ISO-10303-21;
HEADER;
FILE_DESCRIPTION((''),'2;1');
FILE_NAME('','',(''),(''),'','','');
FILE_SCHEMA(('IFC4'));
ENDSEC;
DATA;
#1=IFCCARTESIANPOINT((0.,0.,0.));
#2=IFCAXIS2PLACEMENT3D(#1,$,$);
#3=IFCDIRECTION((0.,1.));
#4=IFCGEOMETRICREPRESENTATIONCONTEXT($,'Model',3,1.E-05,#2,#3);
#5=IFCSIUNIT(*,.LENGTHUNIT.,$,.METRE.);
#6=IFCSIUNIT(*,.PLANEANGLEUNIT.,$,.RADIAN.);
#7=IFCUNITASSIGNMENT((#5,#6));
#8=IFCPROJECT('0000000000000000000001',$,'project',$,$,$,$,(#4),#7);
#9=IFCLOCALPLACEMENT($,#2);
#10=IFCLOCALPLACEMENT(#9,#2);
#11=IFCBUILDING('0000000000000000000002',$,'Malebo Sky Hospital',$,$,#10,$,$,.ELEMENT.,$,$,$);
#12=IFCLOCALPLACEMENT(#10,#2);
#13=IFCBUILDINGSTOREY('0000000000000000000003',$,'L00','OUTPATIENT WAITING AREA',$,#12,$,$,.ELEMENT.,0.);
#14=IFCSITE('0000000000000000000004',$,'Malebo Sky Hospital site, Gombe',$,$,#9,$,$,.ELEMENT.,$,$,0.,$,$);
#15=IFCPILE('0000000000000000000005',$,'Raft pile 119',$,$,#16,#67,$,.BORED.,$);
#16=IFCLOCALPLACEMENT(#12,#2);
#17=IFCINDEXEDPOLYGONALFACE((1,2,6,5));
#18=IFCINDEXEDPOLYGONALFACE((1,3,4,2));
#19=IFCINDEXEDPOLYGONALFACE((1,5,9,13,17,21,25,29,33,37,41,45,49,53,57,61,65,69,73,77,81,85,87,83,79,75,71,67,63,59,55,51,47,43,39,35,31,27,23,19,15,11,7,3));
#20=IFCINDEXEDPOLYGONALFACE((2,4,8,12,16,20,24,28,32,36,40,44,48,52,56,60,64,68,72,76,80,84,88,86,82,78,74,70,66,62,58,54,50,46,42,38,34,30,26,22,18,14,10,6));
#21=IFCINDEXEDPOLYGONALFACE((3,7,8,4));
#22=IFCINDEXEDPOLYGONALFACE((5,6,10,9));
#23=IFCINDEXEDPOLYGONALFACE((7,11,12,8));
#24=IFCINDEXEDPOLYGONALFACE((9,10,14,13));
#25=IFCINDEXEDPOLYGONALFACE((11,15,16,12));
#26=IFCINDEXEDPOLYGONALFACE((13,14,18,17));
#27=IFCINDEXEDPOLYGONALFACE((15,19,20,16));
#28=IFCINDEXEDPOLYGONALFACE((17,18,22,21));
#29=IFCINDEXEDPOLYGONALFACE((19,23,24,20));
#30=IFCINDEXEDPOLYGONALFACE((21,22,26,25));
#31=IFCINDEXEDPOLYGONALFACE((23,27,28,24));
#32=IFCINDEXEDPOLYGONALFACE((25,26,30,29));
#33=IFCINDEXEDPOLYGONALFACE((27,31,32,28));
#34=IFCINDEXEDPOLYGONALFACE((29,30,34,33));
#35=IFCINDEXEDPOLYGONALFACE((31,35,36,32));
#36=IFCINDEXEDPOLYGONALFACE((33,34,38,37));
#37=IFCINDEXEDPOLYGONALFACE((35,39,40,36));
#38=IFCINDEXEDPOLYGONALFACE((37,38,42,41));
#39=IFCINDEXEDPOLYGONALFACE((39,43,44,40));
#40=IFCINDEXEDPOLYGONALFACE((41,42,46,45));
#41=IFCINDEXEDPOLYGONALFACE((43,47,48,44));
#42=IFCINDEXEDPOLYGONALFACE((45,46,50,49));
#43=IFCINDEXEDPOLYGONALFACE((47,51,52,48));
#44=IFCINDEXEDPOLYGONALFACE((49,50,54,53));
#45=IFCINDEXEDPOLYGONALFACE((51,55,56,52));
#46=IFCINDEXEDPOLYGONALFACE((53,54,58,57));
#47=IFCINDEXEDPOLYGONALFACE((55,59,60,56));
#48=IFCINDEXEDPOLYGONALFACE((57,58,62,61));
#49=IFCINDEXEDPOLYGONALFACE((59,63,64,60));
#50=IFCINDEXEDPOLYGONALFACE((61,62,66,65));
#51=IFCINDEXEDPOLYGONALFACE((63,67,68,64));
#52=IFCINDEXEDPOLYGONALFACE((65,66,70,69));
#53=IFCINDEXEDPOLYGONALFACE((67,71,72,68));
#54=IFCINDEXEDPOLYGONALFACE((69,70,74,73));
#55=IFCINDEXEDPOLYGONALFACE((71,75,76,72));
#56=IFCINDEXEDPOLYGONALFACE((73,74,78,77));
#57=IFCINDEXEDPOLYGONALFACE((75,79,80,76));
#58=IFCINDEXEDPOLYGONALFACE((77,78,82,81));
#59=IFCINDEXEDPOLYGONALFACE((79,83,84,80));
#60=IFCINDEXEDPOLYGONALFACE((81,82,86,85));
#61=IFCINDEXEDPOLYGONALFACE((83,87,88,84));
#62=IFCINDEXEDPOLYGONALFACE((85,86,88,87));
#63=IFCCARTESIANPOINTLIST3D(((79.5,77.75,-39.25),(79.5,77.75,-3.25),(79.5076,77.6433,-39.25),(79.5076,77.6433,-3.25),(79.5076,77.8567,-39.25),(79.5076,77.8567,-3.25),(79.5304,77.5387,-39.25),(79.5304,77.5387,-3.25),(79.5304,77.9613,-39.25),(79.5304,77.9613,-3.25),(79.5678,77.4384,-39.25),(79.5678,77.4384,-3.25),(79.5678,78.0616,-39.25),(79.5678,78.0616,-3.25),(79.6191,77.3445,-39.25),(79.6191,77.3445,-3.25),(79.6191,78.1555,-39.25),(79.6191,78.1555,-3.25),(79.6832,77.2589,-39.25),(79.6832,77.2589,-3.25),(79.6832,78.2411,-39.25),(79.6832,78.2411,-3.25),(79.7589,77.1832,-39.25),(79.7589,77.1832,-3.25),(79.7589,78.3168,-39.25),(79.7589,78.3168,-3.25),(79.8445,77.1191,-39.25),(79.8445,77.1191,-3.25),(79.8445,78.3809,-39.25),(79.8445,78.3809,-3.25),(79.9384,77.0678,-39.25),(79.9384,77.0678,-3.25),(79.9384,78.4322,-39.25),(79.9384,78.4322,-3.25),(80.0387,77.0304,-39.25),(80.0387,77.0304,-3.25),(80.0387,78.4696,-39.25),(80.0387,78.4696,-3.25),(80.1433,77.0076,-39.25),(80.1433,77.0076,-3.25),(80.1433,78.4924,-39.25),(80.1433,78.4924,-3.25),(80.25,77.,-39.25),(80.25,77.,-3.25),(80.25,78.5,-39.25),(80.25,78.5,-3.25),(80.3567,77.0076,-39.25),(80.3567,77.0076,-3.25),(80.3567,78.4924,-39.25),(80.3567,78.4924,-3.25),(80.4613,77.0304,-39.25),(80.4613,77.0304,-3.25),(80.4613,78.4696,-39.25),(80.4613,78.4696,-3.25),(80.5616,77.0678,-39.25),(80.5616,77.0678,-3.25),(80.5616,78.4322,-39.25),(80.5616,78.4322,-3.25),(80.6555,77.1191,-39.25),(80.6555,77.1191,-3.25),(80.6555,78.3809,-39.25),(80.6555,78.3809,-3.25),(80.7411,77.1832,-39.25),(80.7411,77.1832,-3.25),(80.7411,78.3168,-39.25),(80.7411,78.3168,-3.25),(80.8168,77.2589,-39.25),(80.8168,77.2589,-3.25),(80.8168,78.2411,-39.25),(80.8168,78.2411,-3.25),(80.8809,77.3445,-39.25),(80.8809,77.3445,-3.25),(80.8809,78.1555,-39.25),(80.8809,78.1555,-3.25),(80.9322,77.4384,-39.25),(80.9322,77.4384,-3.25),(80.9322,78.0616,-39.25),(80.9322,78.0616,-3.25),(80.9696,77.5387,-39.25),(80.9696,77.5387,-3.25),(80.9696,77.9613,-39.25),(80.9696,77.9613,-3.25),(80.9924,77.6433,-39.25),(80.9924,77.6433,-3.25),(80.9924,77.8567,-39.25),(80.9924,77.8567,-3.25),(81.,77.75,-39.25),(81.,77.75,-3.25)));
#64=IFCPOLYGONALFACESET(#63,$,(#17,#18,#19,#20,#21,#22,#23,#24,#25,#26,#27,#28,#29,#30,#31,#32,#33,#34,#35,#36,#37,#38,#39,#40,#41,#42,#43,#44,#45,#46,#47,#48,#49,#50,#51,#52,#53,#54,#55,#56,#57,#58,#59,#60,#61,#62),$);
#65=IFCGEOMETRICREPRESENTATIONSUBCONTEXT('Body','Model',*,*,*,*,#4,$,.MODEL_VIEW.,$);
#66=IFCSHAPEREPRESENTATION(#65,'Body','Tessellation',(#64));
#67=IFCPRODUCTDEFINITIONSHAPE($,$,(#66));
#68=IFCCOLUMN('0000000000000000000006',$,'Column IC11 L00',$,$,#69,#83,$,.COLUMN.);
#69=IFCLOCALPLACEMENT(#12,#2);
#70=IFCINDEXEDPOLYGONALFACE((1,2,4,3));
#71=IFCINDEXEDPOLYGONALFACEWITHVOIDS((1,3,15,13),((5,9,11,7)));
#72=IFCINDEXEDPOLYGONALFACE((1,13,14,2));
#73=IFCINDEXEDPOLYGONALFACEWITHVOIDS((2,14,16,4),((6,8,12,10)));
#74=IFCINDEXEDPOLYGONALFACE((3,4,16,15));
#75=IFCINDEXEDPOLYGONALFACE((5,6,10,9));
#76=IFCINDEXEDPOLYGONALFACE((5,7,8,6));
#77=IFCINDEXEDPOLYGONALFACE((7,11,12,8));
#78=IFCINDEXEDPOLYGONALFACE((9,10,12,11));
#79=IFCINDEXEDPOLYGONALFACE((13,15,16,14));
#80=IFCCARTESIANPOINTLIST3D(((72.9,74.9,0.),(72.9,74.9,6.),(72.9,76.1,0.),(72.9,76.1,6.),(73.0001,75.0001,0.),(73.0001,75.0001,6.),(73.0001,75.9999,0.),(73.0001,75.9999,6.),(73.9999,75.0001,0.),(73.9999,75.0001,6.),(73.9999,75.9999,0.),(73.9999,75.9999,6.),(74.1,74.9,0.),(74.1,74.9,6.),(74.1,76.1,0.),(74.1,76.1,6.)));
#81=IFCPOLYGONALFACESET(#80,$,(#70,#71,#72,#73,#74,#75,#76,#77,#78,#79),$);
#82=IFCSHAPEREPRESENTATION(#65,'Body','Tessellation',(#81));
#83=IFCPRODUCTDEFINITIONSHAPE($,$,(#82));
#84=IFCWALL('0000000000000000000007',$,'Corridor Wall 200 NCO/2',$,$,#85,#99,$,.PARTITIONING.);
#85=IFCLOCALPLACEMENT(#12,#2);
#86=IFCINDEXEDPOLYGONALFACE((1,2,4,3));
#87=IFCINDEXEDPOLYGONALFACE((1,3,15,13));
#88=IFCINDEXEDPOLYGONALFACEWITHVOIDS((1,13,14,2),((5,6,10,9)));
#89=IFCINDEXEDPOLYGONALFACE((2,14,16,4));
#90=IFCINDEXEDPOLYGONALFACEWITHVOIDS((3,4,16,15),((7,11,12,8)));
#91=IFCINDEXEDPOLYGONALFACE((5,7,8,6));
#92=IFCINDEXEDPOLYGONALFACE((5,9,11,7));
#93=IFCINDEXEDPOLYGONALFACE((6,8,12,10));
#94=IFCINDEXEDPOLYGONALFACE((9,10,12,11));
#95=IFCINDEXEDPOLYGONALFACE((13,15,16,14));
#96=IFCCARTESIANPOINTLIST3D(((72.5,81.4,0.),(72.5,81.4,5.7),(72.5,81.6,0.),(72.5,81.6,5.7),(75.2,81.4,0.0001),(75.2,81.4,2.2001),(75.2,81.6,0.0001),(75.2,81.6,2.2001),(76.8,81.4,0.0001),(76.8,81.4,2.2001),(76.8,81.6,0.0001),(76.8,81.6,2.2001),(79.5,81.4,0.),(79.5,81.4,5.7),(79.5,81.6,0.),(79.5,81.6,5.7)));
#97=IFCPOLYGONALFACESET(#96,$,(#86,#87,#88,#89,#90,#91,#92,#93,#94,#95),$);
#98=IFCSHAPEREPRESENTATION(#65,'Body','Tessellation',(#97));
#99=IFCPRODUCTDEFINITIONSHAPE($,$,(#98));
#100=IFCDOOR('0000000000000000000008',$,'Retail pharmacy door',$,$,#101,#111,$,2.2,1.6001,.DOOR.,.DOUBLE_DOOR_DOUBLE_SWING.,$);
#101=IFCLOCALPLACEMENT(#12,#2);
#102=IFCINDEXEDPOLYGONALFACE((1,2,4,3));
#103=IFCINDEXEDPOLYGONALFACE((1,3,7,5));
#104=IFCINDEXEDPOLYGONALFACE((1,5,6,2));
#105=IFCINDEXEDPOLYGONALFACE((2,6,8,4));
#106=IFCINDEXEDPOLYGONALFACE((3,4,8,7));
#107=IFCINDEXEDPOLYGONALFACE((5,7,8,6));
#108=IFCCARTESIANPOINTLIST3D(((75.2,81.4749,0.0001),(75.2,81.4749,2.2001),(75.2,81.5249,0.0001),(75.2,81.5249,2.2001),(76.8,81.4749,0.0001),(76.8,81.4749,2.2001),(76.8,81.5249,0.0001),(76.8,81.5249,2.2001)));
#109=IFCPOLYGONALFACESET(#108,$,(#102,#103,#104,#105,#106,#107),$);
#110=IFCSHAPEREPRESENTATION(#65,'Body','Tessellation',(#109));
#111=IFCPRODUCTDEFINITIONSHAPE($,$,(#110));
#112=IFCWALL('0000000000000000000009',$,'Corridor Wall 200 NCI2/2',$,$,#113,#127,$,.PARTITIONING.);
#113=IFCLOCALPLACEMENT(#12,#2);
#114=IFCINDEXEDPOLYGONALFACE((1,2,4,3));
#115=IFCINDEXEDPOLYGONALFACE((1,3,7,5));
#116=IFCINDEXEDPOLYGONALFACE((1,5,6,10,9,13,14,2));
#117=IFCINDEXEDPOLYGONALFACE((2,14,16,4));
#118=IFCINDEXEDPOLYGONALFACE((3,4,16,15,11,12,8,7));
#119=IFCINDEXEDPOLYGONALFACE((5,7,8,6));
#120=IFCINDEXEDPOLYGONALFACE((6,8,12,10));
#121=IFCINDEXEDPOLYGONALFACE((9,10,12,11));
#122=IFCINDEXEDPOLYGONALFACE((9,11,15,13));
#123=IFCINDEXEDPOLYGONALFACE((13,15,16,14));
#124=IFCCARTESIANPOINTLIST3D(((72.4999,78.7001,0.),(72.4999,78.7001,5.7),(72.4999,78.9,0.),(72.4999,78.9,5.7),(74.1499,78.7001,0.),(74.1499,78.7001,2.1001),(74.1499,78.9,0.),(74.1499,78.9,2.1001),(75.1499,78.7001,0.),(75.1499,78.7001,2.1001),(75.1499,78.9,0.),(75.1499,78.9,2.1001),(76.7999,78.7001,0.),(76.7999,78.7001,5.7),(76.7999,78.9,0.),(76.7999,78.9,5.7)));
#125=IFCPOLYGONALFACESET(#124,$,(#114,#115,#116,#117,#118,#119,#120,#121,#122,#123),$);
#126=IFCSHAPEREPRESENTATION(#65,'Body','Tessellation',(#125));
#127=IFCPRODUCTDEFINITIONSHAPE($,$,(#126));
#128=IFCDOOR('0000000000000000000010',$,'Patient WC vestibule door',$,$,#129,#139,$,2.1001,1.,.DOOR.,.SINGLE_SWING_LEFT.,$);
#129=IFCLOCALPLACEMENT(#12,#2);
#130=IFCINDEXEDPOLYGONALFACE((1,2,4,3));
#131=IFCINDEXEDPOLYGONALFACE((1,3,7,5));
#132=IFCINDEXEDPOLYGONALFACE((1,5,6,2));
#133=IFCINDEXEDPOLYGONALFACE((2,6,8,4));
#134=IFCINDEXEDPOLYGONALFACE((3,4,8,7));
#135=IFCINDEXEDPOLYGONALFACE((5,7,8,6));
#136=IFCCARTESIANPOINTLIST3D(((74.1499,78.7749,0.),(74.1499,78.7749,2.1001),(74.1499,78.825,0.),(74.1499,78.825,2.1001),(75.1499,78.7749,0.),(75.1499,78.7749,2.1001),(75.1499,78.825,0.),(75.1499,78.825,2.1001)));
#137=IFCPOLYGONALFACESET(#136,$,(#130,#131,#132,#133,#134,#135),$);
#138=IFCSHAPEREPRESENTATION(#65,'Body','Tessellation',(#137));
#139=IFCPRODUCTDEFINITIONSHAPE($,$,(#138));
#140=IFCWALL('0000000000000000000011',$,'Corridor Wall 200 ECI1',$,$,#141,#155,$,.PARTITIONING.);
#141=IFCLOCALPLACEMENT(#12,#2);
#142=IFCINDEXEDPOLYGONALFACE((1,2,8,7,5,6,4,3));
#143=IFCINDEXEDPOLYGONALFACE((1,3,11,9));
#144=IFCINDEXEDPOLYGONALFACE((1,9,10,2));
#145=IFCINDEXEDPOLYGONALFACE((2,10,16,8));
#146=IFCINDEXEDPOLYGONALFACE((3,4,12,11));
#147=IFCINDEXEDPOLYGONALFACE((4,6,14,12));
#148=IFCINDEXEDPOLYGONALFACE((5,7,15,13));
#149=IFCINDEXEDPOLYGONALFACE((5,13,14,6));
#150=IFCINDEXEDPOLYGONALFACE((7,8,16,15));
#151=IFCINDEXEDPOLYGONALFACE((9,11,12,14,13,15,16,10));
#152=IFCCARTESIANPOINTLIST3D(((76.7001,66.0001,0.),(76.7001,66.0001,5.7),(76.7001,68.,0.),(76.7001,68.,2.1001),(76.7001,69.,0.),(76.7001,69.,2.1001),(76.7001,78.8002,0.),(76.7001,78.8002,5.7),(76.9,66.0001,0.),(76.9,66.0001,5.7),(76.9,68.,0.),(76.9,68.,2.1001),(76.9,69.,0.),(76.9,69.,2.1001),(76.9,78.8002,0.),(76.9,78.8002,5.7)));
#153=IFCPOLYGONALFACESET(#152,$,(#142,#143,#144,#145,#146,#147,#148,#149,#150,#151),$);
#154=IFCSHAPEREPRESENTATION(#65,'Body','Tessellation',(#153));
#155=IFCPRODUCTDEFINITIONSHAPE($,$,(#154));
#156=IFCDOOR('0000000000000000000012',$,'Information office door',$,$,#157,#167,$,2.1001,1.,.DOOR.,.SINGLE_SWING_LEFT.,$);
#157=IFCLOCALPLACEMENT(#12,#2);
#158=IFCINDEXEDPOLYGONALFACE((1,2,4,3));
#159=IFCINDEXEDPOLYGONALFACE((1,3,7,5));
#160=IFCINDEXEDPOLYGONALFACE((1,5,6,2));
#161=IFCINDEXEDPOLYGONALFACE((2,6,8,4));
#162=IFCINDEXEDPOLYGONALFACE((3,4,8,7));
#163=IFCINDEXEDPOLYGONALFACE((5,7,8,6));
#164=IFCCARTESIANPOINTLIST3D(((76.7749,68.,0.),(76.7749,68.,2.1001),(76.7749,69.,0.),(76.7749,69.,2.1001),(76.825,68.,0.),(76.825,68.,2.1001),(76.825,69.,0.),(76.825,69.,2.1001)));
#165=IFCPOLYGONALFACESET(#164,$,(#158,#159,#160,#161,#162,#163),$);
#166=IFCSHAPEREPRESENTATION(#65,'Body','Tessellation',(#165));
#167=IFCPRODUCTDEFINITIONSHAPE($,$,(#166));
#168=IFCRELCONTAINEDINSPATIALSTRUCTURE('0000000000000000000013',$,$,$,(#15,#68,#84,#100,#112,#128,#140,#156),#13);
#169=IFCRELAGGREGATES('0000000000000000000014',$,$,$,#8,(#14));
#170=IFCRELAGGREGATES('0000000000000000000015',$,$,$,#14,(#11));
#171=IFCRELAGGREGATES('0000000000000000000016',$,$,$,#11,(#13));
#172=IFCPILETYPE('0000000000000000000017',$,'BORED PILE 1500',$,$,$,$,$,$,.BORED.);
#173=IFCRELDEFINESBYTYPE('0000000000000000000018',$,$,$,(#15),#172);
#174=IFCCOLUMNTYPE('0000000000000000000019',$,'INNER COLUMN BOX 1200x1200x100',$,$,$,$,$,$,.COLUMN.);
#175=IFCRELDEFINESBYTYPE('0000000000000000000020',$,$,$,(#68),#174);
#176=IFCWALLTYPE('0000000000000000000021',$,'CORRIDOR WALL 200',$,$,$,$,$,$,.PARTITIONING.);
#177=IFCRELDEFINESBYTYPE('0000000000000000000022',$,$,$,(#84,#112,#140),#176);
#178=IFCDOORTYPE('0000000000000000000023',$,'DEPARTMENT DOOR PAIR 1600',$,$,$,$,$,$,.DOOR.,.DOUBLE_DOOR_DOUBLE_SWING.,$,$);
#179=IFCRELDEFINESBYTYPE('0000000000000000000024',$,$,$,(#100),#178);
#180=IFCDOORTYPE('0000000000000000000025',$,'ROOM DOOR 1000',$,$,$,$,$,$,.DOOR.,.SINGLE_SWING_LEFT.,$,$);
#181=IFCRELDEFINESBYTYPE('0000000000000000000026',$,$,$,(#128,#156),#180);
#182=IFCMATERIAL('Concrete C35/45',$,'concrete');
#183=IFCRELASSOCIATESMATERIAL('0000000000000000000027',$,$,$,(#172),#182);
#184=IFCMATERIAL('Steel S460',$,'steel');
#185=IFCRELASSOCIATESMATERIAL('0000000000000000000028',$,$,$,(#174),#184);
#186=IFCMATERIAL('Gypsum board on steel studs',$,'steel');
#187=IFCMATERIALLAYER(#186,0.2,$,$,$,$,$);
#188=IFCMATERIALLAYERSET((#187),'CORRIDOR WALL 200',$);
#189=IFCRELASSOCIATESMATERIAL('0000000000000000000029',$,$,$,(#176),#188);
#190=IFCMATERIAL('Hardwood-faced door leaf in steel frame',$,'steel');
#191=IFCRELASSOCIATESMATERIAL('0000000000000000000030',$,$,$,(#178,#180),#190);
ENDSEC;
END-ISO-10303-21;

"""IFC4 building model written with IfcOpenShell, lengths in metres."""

from ifc_helpers import new_model, si_unit, direction, frame, frame_2d, origin, origin_2d, place, context, subcontext, project, spatial, rectangle, hollow_rectangle, circle, extrude, material, layer, layer_set, material_profile, profile_set, type_object, element, fill, save


model = new_model("IFC4")

# Units and contexts
model_context = context("Model", 3, precision=1e-05, world=origin(), true_north=direction((0.0, 1.0)))
body_context = subcontext(model_context, "Body", "Model", "MODEL_VIEW")
ifc_project = project(units=[si_unit("LENGTHUNIT", "METRE"), si_unit("PLANEANGLEUNIT", "RADIAN")], contexts=[model_context])

# Site, building, storey
site_placement = place(None, origin())
site = spatial("IfcSite", under=ifc_project, at=site_placement, Name="Malebo Sky Hospital site, Gombe", CompositionType="ELEMENT", RefElevation=0.0)
building_placement = place(site_placement, origin())
building = spatial("IfcBuilding", under=site, at=building_placement, Name="Malebo Sky Hospital", CompositionType="ELEMENT")
storey_placement = place(building_placement, origin())
storey = spatial("IfcBuildingStorey", under=building, at=storey_placement, Name="L00", Description="OUTPATIENT WAITING AREA", CompositionType="ELEMENT", Elevation=0.0)

# Pile
ifc_material_1 = material(Name="Concrete C35/45", Category="concrete")
ifc_material_profile_1 = material_profile(ifc_material_1, circle(Radius=0.75, at=origin_2d()), Name="BP 1500")
ifc_profile_set_1 = profile_set([ifc_material_profile_1], Name="Concrete C35/45")
pile_type = type_object("IfcPileType", Name="BORED PILE 1500", PredefinedType="BORED", material=ifc_profile_set_1)
for number, where, z_axis, x_axis, name in (
    (1, (80.25, 77.75, -3.25), (0.0, 0.0, -1.0), (1.0, 0.0, 0.0), "Raft pile 119"),
):
    element("IfcPile", number, at=place(storey_placement, frame(where, z_axis=z_axis, x_axis=x_axis)), inside=storey, type_object=pile_type, Name=name, PredefinedType="BORED", context=body_context, shape_type="SweptSolid", body=[
        extrude(circle(Radius=0.75, at=origin_2d()), origin(), (0.0, 0.0, 1.0), 36.0),
    ])

# Column
ifc_material_2 = material(Name="Steel S460", Category="steel")
ifc_material_profile_2 = material_profile(ifc_material_2, hollow_rectangle(XDim=1.2, YDim=1.2, WallThickness=0.1001, at=origin_2d()), Name="BOX 1200x1200x100")
ifc_profile_set_2 = profile_set([ifc_material_profile_2], Name="Steel S460")
column_type = type_object("IfcColumnType", Name="INNER COLUMN BOX 1200x1200x100", PredefinedType="COLUMN", material=ifc_profile_set_2)
column_placement = place(storey_placement, frame((73.5, 75.5, 0.0), z_axis=(0.0, 0.0, 1.0), x_axis=(1.0, 0.0, 0.0)))
element("IfcColumn", 2, at=column_placement, inside=storey, type_object=column_type, Name="Column IC11 L00", PredefinedType="COLUMN", context=body_context, shape_type="SweptSolid", body=[
    extrude(hollow_rectangle(XDim=1.2, YDim=1.2, WallThickness=0.1001, at=origin_2d()), origin(), (0.0, 0.0, 1.0), 6.0),
])

# Walls, openings, doors
ifc_material_3 = material(Name="Gypsum board on steel studs", Category="steel")
ifc_layer_1 = layer(ifc_material_3, 0.2)
ifc_layer_set_1 = layer_set([ifc_layer_1], Name="CORRIDOR WALL 200")
wall_type_1 = type_object("IfcWallType", Name="CORRIDOR WALL 200", PredefinedType="PARTITIONING", material=ifc_layer_set_1)
wall_1_placement = place(storey_placement, frame((72.5, 81.5, 0.0), z_axis=(0.0, 0.0, 1.0), x_axis=(1.0, 0.0, 0.0)))
wall_1 = element("IfcWall", 3, at=wall_1_placement, inside=storey, type_object=wall_type_1, Name="Corridor Wall 200 NCO/2", PredefinedType="PARTITIONING", context=body_context, shape_type="SweptSolid", body=[
    extrude(rectangle(XDim=7.0, YDim=0.2, at=frame_2d((3.5, 0.0))), origin(), (0.0, 0.0, 1.0), 5.7),
])
opening_1_placement = place(wall_1_placement, frame((2.7, 0.0, 0.0)))
opening_1 = element("IfcOpeningElement", 4, at=opening_1_placement, cuts=wall_1, PredefinedType="OPENING", context=body_context, shape_type="SweptSolid", body=[
    extrude(rectangle(XDim=1.6001, YDim=2.2, at=frame_2d((0.8, 1.1001))), frame((0.0, 0.1099, 0.0), z_axis=(0.0, -1.0, 0.0), x_axis=(1.0, 0.0, 0.0)), (0.0, 0.0, 1.0), 0.22),
])
ifc_material_4 = material(Name="Hardwood-faced door leaf in steel frame", Category="steel")
door_type_1 = type_object("IfcDoorType", Name="DEPARTMENT DOOR PAIR 1600", OperationType="DOUBLE_DOOR_DOUBLE_SWING", PredefinedType="DOOR", material=ifc_material_4)
door_1_placement = place(opening_1_placement, origin())
door_1 = element("IfcDoor", 5, at=door_1_placement, inside=storey, type_object=door_type_1, Name="Retail pharmacy door", OperationType="DOUBLE_DOOR_DOUBLE_SWING", OverallHeight=2.2, OverallWidth=1.6001, PredefinedType="DOOR", context=body_context, shape_type="SweptSolid", body=[
    extrude(rectangle(XDim=1.6001, YDim=2.2, at=frame_2d((0.8, 1.1001))), frame((0.0, 0.0249, 0.0), z_axis=(0.0, -1.0, 0.0), x_axis=(1.0, 0.0, 0.0)), (0.0, 0.0, 1.0), 0.05),
])
fill(opening_1, door_1)
wall_2_placement = place(storey_placement, frame((72.5, 78.8, 0.0), z_axis=(0.0, 0.0, 1.0), x_axis=(1.0, 0.0, 0.0)))
wall_2 = element("IfcWall", 6, at=wall_2_placement, inside=storey, type_object=wall_type_1, Name="Corridor Wall 200 NCI2/2", PredefinedType="PARTITIONING", context=body_context, shape_type="SweptSolid", body=[
    extrude(rectangle(XDim=4.3, YDim=0.2, at=frame_2d((2.1499, 0.0))), origin(), (0.0, 0.0, 1.0), 5.7),
])
opening_2_placement = place(wall_2_placement, frame((1.6499, 0.0, 0.0)))
opening_2 = element("IfcOpeningElement", 7, at=opening_2_placement, cuts=wall_2, PredefinedType="OPENING", context=body_context, shape_type="SweptSolid", body=[
    extrude(rectangle(XDim=1.0, YDim=2.1001, at=frame_2d((0.5, 1.05))), frame((0.0, 0.1099, 0.0), z_axis=(0.0, -1.0, 0.0), x_axis=(1.0, 0.0, 0.0)), (0.0, 0.0, 1.0), 0.22),
])
door_type_2 = type_object("IfcDoorType", Name="ROOM DOOR 1000", OperationType="SINGLE_SWING_LEFT", PredefinedType="DOOR", material=ifc_material_4)
door_2_placement = place(opening_2_placement, origin())
door_2 = element("IfcDoor", 8, at=door_2_placement, inside=storey, type_object=door_type_2, Name="Patient WC vestibule door", OperationType="SINGLE_SWING_LEFT", OverallHeight=2.1001, OverallWidth=1.0, PredefinedType="DOOR", context=body_context, shape_type="SweptSolid", body=[
    extrude(rectangle(XDim=1.0, YDim=2.1001, at=frame_2d((0.5, 1.05))), frame((0.0, 0.0249, 0.0), z_axis=(0.0, -1.0, 0.0), x_axis=(1.0, 0.0, 0.0)), (0.0, 0.0, 1.0), 0.05),
])
fill(opening_2, door_2)
wall_3_placement = place(storey_placement, frame((76.8, 78.8, 0.0), z_axis=(0.0, 0.0, 1.0), x_axis=(0.0, -1.0, 0.0)))
wall_3 = element("IfcWall", 9, at=wall_3_placement, inside=storey, type_object=wall_type_1, Name="Corridor Wall 200 ECI1", PredefinedType="PARTITIONING", context=body_context, shape_type="SweptSolid", body=[
    extrude(rectangle(XDim=12.8, YDim=0.2, at=frame_2d((6.3999, 0.0))), origin(), (0.0, 0.0, 1.0), 5.7),
])
opening_3_placement = place(wall_3_placement, frame((9.8, 0.0, 0.0)))
opening_3 = element("IfcOpeningElement", 10, at=opening_3_placement, cuts=wall_3, PredefinedType="OPENING", context=body_context, shape_type="SweptSolid", body=[
    extrude(rectangle(XDim=1.0, YDim=2.1001, at=frame_2d((0.5, 1.05))), frame((0.0, 0.1099, 0.0), z_axis=(0.0, -1.0, 0.0), x_axis=(1.0, 0.0, 0.0)), (0.0, 0.0, 1.0), 0.22),
])
door_3_placement = place(opening_3_placement, origin())
door_3 = element("IfcDoor", 11, at=door_3_placement, inside=storey, type_object=door_type_2, Name="Information office door", OperationType="SINGLE_SWING_LEFT", OverallHeight=2.1001, OverallWidth=1.0, PredefinedType="DOOR", context=body_context, shape_type="SweptSolid", body=[
    extrude(rectangle(XDim=1.0, YDim=2.1001, at=frame_2d((0.5, 1.05))), frame((0.0, 0.0249, 0.0), z_axis=(0.0, -1.0, 0.0), x_axis=(1.0, 0.0, 0.0)), (0.0, 0.0, 1.0), 0.05),
])
fill(opening_3, door_3)

save(model, "model.ifc")
